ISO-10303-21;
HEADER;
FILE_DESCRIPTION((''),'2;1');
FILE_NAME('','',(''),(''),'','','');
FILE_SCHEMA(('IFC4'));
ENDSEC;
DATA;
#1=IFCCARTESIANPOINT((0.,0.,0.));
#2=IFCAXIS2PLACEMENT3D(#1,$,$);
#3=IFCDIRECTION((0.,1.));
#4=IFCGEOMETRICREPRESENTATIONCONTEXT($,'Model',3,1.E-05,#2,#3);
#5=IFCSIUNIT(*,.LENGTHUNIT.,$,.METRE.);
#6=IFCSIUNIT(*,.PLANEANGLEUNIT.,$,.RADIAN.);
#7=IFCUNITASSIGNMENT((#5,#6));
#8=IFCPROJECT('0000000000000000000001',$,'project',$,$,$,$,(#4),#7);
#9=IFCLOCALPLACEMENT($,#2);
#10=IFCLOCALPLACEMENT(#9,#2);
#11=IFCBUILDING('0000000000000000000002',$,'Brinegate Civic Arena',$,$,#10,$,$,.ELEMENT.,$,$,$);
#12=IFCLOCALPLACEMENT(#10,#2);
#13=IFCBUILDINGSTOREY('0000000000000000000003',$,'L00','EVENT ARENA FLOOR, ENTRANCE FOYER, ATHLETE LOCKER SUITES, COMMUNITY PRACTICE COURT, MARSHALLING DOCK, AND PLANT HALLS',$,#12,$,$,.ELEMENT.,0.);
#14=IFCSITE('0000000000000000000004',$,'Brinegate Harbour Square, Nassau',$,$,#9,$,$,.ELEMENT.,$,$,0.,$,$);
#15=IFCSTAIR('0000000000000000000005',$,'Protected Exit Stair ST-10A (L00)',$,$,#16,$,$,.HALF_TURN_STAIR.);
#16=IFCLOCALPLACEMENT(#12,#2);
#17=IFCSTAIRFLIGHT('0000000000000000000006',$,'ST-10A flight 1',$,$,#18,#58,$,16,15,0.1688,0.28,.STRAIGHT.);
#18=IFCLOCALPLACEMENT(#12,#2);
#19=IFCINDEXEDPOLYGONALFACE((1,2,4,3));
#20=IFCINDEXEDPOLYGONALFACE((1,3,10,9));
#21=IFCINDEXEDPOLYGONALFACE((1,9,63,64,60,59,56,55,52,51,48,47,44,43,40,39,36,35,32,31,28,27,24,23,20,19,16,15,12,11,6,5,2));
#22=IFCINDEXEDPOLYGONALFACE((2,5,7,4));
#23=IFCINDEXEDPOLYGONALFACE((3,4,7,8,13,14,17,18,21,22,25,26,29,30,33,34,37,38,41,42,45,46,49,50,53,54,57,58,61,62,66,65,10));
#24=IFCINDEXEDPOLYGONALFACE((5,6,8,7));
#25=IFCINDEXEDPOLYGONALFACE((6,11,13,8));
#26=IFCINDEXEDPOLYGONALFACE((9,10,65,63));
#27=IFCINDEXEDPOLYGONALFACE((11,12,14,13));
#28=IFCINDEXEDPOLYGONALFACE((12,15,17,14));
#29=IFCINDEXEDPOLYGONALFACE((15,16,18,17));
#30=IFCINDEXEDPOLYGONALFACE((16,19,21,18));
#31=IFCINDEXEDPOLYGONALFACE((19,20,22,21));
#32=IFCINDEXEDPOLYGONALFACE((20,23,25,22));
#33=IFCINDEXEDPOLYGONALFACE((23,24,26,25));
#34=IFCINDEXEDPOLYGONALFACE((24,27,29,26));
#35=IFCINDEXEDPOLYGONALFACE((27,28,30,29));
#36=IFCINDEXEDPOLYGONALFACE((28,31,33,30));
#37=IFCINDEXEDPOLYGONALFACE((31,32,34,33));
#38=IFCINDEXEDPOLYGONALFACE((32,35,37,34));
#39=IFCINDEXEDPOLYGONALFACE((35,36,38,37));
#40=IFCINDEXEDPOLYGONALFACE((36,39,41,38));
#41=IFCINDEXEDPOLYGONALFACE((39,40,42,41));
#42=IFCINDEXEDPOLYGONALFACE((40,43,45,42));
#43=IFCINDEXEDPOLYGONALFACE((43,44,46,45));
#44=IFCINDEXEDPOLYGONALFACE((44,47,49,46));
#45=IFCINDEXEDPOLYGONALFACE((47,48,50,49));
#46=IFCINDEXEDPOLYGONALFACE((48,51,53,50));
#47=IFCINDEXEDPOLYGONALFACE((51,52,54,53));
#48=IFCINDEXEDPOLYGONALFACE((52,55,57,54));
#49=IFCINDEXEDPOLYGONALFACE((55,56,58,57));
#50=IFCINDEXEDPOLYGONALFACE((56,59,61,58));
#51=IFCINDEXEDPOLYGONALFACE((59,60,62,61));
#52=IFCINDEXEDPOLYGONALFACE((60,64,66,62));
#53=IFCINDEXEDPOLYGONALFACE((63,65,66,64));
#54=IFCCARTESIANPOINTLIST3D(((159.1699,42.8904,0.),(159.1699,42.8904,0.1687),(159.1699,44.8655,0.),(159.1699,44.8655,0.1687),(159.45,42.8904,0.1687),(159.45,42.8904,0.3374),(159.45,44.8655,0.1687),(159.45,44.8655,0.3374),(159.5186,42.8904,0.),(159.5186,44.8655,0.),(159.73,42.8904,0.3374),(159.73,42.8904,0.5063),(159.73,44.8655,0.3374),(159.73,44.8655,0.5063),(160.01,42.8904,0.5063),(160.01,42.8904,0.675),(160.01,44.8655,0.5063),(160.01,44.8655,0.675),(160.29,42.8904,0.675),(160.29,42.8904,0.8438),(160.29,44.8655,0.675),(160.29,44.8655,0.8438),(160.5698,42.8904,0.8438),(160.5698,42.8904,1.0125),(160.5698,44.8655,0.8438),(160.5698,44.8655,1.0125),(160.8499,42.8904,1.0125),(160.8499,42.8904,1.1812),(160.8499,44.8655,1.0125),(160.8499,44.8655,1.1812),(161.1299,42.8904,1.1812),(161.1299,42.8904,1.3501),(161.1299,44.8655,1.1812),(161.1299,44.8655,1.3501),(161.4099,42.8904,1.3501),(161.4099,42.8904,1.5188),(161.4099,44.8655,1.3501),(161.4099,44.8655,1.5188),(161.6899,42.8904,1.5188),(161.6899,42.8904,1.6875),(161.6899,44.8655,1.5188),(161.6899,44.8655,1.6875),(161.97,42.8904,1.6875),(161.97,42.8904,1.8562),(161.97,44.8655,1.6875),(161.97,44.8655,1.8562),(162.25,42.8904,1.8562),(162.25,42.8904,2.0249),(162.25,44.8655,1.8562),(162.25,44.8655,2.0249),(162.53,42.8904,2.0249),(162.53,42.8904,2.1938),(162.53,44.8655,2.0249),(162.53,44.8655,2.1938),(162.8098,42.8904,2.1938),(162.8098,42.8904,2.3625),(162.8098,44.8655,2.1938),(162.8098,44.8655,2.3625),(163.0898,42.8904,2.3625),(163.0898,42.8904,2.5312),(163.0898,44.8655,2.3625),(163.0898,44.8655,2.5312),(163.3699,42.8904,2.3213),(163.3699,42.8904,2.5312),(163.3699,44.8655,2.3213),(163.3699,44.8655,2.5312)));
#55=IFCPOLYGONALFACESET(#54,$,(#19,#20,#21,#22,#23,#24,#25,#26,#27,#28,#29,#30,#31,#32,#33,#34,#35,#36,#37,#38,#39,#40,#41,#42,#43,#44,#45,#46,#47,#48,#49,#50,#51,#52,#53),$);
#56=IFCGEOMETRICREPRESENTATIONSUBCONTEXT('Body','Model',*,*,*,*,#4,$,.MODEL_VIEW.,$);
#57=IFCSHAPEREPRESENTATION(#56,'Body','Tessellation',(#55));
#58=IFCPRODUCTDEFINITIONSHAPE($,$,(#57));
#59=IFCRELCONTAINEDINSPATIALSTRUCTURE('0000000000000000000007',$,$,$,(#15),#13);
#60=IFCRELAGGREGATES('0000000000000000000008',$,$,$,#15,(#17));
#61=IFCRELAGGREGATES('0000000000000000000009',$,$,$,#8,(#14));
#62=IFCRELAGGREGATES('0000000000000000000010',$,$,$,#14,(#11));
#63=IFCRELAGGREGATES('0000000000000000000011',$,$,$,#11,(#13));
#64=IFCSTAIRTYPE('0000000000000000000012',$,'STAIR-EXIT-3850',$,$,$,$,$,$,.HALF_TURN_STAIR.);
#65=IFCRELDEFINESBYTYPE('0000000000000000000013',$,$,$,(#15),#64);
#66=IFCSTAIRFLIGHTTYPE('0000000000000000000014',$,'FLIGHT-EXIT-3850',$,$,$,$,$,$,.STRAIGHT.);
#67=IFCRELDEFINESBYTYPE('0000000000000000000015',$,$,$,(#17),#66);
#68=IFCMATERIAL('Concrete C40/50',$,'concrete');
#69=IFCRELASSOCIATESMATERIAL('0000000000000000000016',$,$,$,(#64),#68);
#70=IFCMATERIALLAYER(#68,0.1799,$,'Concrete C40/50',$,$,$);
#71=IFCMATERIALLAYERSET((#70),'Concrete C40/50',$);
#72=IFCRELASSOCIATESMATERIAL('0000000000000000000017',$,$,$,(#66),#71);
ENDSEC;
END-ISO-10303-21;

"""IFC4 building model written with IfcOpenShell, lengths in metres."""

from ifc_helpers import new_model, si_unit, direction, frame, origin, place, context, subcontext, project, spatial, polyline, outline, extrude, material, layer, layer_set, type_object, element, aggregate, save


model = new_model("IFC4")

# Units and contexts
model_context = context("Model", 3, precision=1e-05, world=origin(), true_north=direction((0.0, 1.0)))
body_context = subcontext(model_context, "Body", "Model", "MODEL_VIEW")
ifc_project = project(units=[si_unit("LENGTHUNIT", "METRE"), si_unit("PLANEANGLEUNIT", "RADIAN")], contexts=[model_context])

# Site, building, storey
site_placement = place(None, origin())
site = spatial("IfcSite", under=ifc_project, at=site_placement, Name="Brinegate Harbour Square, Nassau", CompositionType="ELEMENT", RefElevation=0.0)
building_placement = place(site_placement, origin())
building = spatial("IfcBuilding", under=site, at=building_placement, Name="Brinegate Civic Arena", CompositionType="ELEMENT")
storey_placement = place(building_placement, origin())
storey = spatial("IfcBuildingStorey", under=building, at=storey_placement, Name="L00", Description="EVENT ARENA FLOOR, ENTRANCE FOYER, ATHLETE LOCKER SUITES, COMMUNITY PRACTICE COURT, MARSHALLING DOCK, AND PLANT HALLS", CompositionType="ELEMENT", Elevation=0.0)

# Shared definitions
ifc_material_1 = material(Name="Concrete C40/50", Category="concrete")

# Stair, stair flight
stair_type_1 = type_object("IfcStairType", Name="STAIR-EXIT-3850", PredefinedType="HALF_TURN_STAIR", material=ifc_material_1)
stair_1_placement = place(storey_placement, origin())
stair_1 = element("IfcStair", 1, at=stair_1_placement, inside=storey, type_object=stair_type_1, Name="Protected Exit Stair ST-10A (L00)", PredefinedType="HALF_TURN_STAIR")
ifc_layer_1 = layer(ifc_material_1, 0.1799, Name="Concrete C40/50")
ifc_layer_set_1 = layer_set([ifc_layer_1], Name="Concrete C40/50")
stair_flight_type_1 = type_object("IfcStairFlightType", Name="FLIGHT-EXIT-3850", PredefinedType="STRAIGHT", material=ifc_layer_set_1)
stair_flight_1_placement = place(storey_placement, frame((159.1699, 43.8779, 0.0), z_axis=(0.0, 0.0, 1.0), x_axis=(1.0, 0.0, 0.0)))
stair_flight_1 = element("IfcStairFlight", 2, at=stair_flight_1_placement, type_object=stair_flight_type_1, Name="ST-10A flight 1", NumberOfRisers=16, NumberOfTreads=15, PredefinedType="STRAIGHT", RiserHeight=0.1688, TreadLength=0.28, context=body_context, shape_type="SweptSolid", body=[
    extrude(outline(polyline([(0.0, 0.0), (0.0, 0.1687), (0.28, 0.1687), (0.28, 0.3374), (0.5601, 0.3374), (0.5601, 0.5063), (0.8401, 0.5063), (0.8401, 0.675), (1.1201, 0.675), (1.1201, 0.8438), (1.3999, 0.8438), (1.3999, 1.0125), (1.6799, 1.0125), (1.6799, 1.1812), (1.96, 1.1812), (1.96, 1.3501), (2.24, 1.3501), (2.24, 1.5188), (2.52, 1.5188), (2.52, 1.6875), (2.8, 1.6875), (2.8, 1.8562), (3.0801, 1.8562), (3.0801, 2.0249), (3.3601, 2.0249), (3.3601, 2.1938), (3.6399, 2.1938), (3.6399, 2.3625), (3.9199, 2.3625), (3.9199, 2.5312), (4.2, 2.5312), (4.2, 2.7), (4.2, 2.3213), (0.3486, 0.0), (0.0, 0.0)])), frame((0.0, 0.9875, 0.0), z_axis=(0.0, -1.0, 0.0), x_axis=(1.0, 0.0, 0.0)), (0.0, 0.0, 1.0), 1.9751),
])
aggregate(stair_1, [stair_flight_1])

save(model, "model.ifc")
